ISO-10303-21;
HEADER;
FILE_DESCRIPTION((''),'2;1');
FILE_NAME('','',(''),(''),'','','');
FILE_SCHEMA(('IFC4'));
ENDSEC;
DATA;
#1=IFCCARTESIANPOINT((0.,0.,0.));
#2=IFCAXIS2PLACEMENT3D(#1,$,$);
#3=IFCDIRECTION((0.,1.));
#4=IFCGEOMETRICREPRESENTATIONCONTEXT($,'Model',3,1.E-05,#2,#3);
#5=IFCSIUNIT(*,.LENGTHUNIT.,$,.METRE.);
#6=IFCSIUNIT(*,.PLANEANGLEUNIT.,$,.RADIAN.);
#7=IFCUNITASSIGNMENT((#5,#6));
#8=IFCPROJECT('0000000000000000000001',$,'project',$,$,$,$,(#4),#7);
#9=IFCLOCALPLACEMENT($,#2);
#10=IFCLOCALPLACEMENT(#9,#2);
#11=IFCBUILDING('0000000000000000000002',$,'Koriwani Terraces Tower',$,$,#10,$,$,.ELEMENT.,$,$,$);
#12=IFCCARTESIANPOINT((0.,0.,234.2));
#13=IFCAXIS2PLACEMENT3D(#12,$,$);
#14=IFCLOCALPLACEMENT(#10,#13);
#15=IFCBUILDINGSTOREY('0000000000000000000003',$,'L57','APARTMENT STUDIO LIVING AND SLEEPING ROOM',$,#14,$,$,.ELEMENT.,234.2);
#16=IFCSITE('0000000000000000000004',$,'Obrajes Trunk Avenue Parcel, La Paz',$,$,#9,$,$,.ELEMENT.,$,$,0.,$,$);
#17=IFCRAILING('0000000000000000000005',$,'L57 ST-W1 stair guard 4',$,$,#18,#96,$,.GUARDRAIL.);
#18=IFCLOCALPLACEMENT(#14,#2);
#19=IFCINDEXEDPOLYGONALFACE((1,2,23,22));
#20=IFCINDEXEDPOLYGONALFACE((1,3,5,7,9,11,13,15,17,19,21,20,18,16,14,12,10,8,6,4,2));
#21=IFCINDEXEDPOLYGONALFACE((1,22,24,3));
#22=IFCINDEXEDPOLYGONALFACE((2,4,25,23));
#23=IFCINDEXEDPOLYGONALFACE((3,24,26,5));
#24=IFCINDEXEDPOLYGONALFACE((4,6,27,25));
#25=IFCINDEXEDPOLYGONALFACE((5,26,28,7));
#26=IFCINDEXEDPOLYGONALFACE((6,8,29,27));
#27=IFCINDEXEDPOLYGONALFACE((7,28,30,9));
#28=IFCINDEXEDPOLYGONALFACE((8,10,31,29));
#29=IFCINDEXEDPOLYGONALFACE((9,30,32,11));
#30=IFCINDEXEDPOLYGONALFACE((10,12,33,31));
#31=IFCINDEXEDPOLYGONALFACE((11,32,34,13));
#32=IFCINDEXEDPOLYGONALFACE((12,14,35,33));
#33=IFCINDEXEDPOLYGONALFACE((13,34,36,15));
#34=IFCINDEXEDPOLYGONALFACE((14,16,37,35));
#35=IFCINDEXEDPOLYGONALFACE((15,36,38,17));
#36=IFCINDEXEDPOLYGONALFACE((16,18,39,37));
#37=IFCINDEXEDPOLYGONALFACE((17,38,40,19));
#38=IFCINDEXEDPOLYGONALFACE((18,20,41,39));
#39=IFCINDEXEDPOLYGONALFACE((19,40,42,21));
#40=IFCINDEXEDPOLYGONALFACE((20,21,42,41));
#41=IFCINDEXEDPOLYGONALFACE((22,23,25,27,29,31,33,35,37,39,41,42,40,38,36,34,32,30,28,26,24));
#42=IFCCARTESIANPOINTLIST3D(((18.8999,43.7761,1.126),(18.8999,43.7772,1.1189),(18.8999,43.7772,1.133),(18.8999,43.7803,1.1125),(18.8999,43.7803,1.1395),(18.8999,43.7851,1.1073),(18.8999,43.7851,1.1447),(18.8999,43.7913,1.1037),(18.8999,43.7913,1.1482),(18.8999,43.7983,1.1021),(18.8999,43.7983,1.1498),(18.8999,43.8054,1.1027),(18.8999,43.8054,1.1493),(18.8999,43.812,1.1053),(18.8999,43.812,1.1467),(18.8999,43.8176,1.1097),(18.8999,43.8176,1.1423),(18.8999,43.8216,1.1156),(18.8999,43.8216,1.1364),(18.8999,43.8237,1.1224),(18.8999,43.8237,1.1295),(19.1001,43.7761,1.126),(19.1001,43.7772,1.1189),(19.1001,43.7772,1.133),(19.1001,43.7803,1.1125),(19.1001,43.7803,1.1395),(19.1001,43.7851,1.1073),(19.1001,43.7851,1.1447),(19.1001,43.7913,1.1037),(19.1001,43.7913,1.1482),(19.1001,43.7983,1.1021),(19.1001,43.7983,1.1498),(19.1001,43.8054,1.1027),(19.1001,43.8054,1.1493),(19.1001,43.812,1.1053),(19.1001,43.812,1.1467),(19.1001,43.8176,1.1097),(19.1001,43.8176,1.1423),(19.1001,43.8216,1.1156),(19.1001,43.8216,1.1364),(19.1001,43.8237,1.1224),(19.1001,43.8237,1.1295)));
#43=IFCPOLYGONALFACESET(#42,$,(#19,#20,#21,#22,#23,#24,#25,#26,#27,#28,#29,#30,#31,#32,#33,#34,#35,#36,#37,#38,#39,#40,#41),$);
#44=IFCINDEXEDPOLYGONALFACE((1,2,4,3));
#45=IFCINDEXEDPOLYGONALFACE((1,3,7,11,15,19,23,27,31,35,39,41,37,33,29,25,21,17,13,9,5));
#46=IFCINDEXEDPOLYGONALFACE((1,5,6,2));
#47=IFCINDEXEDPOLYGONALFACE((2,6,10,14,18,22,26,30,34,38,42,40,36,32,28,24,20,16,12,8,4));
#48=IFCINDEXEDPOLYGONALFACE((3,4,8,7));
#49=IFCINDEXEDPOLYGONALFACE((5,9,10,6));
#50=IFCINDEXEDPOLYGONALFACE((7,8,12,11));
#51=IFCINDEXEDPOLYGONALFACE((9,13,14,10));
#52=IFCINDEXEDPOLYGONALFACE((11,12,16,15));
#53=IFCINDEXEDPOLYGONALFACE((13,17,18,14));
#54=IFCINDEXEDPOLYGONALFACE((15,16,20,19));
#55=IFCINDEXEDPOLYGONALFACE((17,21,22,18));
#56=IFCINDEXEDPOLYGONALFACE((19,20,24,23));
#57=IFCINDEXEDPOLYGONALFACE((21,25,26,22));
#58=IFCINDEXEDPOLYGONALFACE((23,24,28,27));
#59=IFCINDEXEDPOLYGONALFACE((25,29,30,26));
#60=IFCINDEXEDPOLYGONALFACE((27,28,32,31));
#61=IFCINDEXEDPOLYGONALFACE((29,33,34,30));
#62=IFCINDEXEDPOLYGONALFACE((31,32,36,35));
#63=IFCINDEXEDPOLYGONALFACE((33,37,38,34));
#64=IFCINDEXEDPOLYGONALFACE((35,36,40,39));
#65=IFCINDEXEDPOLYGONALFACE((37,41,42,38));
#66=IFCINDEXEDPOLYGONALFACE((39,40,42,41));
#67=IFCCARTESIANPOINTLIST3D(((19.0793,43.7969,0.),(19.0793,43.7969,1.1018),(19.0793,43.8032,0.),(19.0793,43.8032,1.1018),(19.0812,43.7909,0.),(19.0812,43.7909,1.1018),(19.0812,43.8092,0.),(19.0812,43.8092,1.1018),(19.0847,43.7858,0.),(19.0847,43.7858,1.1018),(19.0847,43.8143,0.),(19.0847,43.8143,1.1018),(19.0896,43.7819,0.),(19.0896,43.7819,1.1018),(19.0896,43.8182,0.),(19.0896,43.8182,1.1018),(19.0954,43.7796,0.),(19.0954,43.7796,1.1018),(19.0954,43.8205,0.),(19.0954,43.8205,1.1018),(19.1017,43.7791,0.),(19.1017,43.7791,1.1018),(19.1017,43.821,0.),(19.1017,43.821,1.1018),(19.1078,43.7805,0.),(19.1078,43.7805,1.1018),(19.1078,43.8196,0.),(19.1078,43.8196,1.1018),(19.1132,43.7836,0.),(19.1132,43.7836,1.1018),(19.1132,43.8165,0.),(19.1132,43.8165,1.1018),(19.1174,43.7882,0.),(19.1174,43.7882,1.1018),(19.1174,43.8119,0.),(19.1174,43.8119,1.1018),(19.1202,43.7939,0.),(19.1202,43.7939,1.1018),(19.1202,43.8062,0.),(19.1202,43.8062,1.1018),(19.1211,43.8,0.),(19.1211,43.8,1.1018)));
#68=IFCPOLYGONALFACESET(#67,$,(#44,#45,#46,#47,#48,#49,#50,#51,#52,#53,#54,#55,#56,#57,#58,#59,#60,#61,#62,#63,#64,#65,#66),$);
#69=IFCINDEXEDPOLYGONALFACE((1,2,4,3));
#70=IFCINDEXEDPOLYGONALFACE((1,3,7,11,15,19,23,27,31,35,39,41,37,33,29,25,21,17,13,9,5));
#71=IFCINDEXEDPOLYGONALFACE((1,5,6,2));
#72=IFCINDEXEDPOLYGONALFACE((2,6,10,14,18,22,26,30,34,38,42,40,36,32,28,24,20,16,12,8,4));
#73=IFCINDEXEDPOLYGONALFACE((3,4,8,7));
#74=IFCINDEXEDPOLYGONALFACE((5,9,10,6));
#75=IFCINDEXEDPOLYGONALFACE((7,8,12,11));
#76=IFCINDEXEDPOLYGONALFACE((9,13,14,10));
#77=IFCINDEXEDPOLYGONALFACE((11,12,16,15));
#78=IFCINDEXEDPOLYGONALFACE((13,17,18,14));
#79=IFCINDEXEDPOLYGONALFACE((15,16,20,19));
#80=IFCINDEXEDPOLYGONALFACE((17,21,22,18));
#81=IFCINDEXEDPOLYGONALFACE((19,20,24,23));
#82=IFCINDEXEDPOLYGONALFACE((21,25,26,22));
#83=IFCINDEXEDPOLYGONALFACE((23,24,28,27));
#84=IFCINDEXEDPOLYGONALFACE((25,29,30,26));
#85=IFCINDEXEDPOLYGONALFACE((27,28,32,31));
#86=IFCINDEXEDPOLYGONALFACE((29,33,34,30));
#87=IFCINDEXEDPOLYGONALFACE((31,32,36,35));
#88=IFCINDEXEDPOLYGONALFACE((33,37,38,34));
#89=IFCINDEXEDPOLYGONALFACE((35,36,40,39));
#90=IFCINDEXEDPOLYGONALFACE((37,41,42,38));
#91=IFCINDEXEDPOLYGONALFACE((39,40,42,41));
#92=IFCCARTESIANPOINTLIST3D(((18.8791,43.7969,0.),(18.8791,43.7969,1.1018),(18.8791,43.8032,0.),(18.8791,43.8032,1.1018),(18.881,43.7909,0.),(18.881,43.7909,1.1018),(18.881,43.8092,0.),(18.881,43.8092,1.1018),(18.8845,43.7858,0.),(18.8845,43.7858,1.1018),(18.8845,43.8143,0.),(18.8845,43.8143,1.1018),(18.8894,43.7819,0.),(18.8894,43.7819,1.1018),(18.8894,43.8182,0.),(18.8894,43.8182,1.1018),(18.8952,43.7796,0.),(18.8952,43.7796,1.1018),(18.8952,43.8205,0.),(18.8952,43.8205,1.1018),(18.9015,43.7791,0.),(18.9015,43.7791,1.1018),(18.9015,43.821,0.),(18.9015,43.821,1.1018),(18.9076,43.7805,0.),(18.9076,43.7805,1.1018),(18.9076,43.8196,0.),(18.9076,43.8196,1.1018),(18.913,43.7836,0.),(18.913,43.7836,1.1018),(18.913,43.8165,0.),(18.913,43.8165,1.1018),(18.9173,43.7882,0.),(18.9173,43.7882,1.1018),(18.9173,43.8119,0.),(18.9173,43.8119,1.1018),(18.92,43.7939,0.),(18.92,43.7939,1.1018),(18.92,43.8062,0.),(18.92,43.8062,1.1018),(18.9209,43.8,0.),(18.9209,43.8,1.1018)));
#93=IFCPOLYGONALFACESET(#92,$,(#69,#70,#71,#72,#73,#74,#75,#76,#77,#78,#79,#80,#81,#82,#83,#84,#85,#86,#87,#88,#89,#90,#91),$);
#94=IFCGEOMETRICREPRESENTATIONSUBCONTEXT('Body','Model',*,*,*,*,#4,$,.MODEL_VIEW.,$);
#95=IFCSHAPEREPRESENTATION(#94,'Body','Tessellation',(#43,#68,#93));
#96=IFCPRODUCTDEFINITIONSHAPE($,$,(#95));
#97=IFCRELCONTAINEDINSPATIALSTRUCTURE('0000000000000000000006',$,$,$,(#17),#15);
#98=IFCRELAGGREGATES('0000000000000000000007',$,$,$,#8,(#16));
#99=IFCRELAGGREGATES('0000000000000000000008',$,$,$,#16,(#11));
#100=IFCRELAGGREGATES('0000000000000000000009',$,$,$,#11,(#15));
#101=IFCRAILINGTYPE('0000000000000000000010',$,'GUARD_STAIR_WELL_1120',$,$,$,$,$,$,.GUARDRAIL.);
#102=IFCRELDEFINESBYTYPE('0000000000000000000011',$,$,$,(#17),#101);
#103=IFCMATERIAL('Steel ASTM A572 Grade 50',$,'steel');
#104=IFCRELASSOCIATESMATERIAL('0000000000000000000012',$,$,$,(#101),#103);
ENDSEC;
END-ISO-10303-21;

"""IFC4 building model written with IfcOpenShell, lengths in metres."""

from ifc_helpers import new_model, si_unit, direction, frame, origin, origin_2d, place, context, subcontext, project, spatial, circle, extrude, material, type_object, element, save


model = new_model("IFC4")

# Units and contexts
model_context = context("Model", 3, precision=1e-05, world=origin(), true_north=direction((0.0, 1.0)))
body_context = subcontext(model_context, "Body", "Model", "MODEL_VIEW")
ifc_project = project(units=[si_unit("LENGTHUNIT", "METRE"), si_unit("PLANEANGLEUNIT", "RADIAN")], contexts=[model_context])

# Site, building, storey
site_placement = place(None, origin())
site = spatial("IfcSite", under=ifc_project, at=site_placement, Name="Obrajes Trunk Avenue Parcel, La Paz", CompositionType="ELEMENT", RefElevation=0.0)
building_placement = place(site_placement, origin())
building = spatial("IfcBuilding", under=site, at=building_placement, Name="Koriwani Terraces Tower", CompositionType="ELEMENT")
storey_placement = place(building_placement, frame((0.0, 0.0, 234.2)))
storey = spatial("IfcBuildingStorey", under=building, at=storey_placement, Name="L57", Description="APARTMENT STUDIO LIVING AND SLEEPING ROOM", CompositionType="ELEMENT", Elevation=234.2)

# Shared definitions
ifc_material_1 = material(Name="Steel ASTM A572 Grade 50", Category="steel")

# Railing
railing_type = type_object("IfcRailingType", Name="GUARD_STAIR_WELL_1120", PredefinedType="GUARDRAIL", material=ifc_material_1)
railing_1_placement = place(storey_placement, frame((19.1001, 43.8, 0.0)))
element("IfcRailing", 1, at=railing_1_placement, inside=storey, type_object=railing_type, Name="L57 ST-W1 stair guard 4", PredefinedType="GUARDRAIL", context=body_context, shape_type="SweptSolid", body=[
    extrude(circle(Radius=0.0239, at=origin_2d()), frame((0.0, 0.0, 1.126), z_axis=(-1.0, 0.0, 0.0), x_axis=(0.0, -1.0, 0.0)), (0.0, 0.0, 1.0), 0.2002),
    extrude(circle(Radius=0.021, at=origin_2d()), origin(), (0.0, 0.0, 1.0), 1.1018),
    extrude(circle(Radius=0.021, at=origin_2d()), frame((-0.2002, 0.0, 0.0)), (0.0, 0.0, 1.0), 1.1018),
])

save(model, "model.ifc")
